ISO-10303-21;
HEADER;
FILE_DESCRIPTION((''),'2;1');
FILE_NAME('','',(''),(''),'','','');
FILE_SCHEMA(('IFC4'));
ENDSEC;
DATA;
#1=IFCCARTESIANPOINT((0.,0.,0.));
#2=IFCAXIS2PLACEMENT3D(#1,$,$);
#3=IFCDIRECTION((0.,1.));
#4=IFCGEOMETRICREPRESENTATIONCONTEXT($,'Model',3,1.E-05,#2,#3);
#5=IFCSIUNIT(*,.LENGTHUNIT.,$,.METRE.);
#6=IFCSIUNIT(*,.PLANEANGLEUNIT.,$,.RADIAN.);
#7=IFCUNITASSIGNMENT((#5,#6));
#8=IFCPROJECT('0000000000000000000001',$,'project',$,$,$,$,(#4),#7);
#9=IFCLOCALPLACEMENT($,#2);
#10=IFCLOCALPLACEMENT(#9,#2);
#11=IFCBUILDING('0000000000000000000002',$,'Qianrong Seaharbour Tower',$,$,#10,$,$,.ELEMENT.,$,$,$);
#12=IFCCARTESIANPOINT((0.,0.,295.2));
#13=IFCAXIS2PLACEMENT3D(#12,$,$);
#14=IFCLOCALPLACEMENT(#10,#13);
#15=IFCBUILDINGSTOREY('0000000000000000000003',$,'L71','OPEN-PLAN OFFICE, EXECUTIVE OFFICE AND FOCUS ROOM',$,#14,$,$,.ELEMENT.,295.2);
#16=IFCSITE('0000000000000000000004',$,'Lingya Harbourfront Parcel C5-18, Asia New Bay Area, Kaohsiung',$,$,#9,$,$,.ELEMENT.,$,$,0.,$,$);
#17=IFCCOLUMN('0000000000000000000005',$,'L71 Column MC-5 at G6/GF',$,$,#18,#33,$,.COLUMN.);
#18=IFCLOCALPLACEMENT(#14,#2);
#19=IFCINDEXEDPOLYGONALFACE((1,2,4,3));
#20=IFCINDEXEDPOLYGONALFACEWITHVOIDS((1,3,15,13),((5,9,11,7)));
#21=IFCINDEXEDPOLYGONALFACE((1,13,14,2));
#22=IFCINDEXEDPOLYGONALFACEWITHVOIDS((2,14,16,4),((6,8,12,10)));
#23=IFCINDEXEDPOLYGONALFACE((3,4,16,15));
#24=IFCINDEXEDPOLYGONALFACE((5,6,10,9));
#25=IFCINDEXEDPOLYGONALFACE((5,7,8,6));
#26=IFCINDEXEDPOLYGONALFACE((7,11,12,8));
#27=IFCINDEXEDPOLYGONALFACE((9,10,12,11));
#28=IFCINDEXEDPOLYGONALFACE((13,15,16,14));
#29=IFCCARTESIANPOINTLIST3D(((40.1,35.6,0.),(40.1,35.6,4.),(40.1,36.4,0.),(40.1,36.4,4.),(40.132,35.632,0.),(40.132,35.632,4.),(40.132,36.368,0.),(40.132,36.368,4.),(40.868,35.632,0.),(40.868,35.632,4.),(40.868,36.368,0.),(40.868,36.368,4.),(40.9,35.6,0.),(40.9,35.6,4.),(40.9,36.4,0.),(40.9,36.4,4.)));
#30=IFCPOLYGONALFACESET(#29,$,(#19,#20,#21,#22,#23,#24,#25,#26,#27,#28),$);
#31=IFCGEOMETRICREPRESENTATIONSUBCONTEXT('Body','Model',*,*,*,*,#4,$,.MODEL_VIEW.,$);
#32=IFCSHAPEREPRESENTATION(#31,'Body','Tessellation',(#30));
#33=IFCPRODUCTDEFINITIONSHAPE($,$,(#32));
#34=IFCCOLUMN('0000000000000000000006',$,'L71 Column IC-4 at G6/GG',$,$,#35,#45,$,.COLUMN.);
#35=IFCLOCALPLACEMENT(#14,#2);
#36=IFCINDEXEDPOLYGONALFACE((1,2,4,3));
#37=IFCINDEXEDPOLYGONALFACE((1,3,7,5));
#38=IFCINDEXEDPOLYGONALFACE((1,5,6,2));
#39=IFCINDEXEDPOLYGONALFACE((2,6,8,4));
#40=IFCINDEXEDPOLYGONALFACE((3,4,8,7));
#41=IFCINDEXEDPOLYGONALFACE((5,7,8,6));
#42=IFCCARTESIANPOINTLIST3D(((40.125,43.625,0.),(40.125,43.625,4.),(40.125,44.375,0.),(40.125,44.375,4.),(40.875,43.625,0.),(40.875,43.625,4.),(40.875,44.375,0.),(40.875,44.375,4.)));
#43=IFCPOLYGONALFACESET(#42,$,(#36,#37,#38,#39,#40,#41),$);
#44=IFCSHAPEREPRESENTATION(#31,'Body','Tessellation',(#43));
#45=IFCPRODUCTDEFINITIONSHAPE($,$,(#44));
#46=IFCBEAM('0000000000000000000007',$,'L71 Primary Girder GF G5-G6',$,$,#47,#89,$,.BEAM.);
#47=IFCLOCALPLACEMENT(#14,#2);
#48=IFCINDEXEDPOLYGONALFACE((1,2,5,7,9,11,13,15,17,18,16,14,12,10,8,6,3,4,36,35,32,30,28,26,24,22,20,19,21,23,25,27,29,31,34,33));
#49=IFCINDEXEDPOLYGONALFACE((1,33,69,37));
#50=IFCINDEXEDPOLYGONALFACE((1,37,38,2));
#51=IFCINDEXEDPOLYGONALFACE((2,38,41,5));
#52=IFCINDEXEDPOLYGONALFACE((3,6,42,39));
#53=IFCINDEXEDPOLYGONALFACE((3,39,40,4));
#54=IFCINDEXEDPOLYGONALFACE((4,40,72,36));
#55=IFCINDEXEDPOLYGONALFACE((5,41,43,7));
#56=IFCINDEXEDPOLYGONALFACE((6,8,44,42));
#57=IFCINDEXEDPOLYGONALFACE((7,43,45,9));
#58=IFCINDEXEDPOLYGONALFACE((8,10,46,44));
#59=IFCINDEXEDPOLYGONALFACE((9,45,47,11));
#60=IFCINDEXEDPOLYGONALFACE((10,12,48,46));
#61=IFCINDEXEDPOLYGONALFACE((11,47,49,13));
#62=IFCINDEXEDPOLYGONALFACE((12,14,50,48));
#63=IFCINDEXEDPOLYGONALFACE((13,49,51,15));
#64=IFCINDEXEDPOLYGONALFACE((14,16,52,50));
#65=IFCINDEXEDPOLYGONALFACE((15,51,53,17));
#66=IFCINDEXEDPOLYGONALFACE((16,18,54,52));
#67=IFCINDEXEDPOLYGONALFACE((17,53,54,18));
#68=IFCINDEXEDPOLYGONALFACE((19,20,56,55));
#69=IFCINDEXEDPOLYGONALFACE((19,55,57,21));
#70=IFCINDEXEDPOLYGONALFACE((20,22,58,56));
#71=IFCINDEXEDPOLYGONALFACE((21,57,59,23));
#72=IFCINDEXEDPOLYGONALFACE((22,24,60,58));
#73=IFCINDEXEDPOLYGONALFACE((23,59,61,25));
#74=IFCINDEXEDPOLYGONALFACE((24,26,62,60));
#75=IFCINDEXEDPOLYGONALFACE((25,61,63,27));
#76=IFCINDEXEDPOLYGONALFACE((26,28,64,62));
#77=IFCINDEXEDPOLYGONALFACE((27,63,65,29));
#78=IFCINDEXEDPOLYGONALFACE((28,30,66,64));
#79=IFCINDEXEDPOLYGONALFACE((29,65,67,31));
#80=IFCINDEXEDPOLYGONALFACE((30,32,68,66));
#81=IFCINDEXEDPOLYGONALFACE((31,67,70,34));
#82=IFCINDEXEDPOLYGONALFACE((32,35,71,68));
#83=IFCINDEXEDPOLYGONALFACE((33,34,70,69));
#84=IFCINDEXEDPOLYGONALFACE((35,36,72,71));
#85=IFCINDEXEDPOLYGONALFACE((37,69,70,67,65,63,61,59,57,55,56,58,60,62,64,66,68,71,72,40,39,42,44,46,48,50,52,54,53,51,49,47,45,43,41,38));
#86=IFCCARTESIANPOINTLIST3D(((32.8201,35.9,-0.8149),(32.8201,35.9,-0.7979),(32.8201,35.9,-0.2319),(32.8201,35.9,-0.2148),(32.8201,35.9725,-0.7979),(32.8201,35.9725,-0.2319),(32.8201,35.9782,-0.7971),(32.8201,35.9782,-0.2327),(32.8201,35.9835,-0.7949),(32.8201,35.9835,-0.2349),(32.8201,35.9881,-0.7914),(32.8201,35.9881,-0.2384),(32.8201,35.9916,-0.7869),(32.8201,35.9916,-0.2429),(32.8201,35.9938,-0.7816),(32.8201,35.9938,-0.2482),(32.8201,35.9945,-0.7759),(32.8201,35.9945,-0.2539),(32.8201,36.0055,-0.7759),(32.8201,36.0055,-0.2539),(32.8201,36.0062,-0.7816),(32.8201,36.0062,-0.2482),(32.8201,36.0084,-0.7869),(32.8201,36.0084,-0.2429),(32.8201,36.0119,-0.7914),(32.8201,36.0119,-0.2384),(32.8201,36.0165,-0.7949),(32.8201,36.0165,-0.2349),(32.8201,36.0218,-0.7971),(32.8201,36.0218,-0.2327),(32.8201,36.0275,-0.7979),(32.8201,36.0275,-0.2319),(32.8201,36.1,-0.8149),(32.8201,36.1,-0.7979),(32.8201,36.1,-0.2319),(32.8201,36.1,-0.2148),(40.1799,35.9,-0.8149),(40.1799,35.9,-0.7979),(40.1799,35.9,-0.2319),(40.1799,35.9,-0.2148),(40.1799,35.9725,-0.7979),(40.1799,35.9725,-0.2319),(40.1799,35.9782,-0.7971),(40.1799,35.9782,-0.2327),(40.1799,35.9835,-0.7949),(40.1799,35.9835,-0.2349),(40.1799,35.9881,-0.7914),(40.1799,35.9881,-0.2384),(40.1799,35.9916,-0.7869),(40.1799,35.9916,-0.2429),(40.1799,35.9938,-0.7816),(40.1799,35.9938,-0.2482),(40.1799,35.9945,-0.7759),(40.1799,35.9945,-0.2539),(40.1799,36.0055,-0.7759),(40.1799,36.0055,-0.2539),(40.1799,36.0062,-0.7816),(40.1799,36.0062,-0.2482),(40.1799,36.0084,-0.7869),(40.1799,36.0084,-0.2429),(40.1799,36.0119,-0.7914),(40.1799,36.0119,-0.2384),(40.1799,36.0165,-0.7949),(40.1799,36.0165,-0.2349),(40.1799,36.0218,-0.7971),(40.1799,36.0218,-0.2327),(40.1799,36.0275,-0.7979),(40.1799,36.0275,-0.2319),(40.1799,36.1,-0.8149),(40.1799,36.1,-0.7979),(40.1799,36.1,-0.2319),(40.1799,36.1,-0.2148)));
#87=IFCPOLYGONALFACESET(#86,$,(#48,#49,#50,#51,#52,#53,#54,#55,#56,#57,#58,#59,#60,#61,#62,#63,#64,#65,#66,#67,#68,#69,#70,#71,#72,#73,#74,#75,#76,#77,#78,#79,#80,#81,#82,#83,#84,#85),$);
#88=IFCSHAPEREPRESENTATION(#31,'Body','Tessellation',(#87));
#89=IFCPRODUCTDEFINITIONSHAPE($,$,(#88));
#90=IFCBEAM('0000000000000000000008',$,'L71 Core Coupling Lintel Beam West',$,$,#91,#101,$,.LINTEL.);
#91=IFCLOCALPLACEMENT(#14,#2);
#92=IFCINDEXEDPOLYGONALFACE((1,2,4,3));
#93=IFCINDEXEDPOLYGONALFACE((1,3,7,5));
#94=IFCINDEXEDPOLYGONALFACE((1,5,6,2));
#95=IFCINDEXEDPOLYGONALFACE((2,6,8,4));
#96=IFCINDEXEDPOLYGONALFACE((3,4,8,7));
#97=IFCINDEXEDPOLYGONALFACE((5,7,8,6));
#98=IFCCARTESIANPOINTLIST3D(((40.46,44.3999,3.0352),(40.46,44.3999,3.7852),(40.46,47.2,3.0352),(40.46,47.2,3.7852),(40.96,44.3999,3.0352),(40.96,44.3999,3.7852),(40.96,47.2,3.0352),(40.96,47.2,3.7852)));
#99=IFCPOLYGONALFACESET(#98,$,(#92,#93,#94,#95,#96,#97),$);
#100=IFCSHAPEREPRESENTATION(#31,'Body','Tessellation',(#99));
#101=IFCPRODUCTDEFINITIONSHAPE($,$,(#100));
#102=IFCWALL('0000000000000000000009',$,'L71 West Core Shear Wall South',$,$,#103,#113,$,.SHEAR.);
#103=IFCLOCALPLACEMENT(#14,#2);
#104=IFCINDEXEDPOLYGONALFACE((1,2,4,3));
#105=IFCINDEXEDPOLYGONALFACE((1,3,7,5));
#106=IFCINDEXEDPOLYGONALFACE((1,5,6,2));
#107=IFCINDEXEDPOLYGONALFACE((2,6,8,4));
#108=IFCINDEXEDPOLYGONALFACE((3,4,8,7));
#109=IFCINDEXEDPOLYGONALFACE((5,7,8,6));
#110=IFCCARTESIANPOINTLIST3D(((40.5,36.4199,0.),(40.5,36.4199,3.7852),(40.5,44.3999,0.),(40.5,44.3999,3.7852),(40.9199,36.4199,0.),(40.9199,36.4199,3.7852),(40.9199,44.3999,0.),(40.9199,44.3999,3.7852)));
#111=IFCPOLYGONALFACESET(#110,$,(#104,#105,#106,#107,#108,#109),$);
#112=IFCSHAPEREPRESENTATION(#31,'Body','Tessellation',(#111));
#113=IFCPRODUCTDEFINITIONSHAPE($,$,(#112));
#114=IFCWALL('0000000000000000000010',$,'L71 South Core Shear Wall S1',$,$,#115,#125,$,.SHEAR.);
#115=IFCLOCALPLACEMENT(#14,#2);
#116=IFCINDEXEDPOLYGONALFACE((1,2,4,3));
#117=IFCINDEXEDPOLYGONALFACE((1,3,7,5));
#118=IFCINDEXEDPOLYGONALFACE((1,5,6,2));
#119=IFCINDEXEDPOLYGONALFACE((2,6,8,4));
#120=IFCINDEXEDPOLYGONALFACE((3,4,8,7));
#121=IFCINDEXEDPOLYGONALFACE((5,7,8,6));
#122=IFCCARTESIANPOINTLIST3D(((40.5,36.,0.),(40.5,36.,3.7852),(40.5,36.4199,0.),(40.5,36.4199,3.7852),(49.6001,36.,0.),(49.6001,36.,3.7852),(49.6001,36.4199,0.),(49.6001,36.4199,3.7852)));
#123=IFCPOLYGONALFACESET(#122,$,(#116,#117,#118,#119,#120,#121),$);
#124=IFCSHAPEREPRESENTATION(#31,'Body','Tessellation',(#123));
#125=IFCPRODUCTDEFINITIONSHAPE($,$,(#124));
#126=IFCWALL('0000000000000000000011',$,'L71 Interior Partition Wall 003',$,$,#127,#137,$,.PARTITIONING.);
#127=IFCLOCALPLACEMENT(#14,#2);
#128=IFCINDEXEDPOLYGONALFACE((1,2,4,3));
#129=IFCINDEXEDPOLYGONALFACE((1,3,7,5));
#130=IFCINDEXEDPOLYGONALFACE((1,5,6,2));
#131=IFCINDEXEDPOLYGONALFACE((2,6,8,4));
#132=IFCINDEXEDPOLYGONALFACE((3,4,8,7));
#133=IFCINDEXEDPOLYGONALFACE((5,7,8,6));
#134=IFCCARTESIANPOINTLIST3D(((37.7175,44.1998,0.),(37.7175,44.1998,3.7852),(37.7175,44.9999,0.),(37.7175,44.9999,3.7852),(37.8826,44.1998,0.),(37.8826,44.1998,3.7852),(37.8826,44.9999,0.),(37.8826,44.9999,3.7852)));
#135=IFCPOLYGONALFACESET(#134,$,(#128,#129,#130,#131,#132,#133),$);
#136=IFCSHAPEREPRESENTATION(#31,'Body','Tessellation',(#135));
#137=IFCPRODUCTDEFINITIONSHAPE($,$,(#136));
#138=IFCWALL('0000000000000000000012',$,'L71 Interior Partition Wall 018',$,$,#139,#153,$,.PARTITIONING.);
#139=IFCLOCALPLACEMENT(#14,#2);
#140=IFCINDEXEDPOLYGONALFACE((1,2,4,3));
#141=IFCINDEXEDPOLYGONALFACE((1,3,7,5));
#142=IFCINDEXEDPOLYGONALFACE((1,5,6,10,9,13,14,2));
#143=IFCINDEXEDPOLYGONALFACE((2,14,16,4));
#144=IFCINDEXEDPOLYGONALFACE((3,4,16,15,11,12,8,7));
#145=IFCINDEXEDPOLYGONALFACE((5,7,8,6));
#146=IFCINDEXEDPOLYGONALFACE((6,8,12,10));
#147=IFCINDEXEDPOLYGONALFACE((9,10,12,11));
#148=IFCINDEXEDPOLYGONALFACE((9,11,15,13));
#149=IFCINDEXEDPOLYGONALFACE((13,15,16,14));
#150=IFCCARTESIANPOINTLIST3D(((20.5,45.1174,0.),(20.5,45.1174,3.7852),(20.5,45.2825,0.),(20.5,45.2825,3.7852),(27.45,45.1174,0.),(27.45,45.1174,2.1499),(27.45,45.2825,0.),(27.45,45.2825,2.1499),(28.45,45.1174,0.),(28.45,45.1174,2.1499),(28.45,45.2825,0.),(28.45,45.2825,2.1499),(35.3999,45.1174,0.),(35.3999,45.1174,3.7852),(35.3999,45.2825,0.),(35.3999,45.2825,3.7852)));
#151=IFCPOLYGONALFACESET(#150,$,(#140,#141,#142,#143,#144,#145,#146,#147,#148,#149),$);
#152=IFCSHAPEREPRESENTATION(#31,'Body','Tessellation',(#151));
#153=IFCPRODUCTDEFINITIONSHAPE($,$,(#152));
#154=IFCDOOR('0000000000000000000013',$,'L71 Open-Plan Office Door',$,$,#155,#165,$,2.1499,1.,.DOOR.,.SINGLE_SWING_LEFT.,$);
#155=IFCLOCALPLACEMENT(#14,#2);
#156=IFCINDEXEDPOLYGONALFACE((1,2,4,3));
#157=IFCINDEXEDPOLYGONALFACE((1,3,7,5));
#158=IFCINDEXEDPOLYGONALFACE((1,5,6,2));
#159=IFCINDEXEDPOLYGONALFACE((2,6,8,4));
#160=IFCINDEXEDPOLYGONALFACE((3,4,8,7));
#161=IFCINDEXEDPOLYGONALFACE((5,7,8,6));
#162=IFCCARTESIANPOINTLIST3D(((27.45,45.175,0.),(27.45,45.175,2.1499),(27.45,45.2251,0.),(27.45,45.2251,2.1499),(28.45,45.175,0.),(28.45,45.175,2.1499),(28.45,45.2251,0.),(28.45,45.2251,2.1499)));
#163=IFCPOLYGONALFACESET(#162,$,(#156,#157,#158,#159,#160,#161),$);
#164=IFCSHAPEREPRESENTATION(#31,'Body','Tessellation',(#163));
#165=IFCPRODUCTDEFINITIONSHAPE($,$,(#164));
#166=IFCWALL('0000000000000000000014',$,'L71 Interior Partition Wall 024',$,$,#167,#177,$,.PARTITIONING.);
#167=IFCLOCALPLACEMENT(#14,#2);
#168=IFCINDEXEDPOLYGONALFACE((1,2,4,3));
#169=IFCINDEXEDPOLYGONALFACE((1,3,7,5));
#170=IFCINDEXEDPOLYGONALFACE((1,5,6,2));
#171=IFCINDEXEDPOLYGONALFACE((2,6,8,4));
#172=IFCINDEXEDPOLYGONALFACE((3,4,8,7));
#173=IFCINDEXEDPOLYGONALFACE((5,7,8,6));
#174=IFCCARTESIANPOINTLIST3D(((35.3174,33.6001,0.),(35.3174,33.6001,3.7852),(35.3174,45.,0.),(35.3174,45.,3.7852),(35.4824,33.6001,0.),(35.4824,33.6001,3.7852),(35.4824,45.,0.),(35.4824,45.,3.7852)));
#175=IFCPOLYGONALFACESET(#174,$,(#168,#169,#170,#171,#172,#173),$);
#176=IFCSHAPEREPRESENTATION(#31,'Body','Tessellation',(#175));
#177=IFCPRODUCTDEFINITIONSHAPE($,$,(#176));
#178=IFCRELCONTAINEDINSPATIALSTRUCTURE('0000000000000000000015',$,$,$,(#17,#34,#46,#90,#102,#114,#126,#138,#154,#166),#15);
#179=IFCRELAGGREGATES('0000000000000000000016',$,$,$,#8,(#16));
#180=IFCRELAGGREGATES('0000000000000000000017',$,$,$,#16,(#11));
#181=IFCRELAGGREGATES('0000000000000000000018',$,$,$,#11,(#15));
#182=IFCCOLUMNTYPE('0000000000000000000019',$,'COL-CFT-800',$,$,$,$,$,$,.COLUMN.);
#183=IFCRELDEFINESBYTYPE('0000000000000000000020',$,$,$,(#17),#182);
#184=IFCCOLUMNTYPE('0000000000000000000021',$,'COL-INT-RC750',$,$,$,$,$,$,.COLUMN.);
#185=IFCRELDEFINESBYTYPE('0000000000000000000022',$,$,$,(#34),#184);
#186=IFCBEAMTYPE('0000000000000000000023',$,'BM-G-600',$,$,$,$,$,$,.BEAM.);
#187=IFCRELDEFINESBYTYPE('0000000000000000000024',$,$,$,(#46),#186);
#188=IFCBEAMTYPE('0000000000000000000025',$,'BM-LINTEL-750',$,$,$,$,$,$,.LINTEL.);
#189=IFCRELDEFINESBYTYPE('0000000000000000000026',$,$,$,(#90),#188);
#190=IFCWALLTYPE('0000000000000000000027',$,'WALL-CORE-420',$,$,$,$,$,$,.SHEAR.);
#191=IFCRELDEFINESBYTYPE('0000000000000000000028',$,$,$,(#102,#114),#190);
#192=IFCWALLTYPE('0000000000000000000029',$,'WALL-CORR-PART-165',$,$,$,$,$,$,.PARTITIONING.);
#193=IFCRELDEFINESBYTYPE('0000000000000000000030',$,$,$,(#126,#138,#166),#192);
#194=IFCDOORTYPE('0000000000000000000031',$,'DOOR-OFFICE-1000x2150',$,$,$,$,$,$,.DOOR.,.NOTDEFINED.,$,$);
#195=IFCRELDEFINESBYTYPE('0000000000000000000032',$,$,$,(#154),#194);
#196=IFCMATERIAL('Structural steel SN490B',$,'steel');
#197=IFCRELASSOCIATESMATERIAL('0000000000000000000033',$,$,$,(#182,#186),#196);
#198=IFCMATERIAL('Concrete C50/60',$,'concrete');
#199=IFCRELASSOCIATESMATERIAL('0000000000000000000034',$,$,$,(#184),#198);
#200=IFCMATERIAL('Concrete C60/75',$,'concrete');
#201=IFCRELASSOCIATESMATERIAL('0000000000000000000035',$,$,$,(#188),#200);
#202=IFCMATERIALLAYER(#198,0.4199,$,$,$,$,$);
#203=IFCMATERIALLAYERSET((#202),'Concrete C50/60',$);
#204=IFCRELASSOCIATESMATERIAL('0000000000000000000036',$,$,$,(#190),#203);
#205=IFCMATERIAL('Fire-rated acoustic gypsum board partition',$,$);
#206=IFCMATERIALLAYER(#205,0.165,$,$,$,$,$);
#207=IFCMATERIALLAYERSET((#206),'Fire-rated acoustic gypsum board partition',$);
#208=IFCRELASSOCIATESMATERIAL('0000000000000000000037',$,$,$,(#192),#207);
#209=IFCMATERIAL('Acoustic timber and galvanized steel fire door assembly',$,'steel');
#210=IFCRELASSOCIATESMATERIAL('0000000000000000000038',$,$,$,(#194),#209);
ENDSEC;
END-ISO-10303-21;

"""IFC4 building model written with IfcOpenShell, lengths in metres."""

from ifc_helpers import new_model, si_unit, direction, frame, frame_2d, origin, origin_2d, place, context, subcontext, project, spatial, rectangle, hollow_rectangle, i_section, extrude, material, layer, layer_set, material_profile, profile_set, type_object, element, fill, save


model = new_model("IFC4")

# Units and contexts
model_context = context("Model", 3, precision=1e-05, world=origin(), true_north=direction((0.0, 1.0)))
body_context = subcontext(model_context, "Body", "Model", "MODEL_VIEW")
ifc_project = project(units=[si_unit("LENGTHUNIT", "METRE"), si_unit("PLANEANGLEUNIT", "RADIAN")], contexts=[model_context])

# Site, building, storey
site_placement = place(None, origin())
site = spatial("IfcSite", under=ifc_project, at=site_placement, Name="Lingya Harbourfront Parcel C5-18, Asia New Bay Area, Kaohsiung", CompositionType="ELEMENT", RefElevation=0.0)
building_placement = place(site_placement, origin())
building = spatial("IfcBuilding", under=site, at=building_placement, Name="Qianrong Seaharbour Tower", CompositionType="ELEMENT")
storey_placement = place(building_placement, frame((0.0, 0.0, 295.2)))
storey = spatial("IfcBuildingStorey", under=building, at=storey_placement, Name="L71", Description="OPEN-PLAN OFFICE, EXECUTIVE OFFICE AND FOCUS ROOM", CompositionType="ELEMENT", Elevation=295.2)

# Columns
ifc_material_1 = material(Name="Structural steel SN490B", Category="steel")
ifc_material_profile_1 = material_profile(ifc_material_1, hollow_rectangle(XDim=0.8, YDim=0.8, WallThickness=0.032, at=origin_2d()), Name="BOX800x800x32")
ifc_profile_set_1 = profile_set([ifc_material_profile_1], Name="Structural steel SN490B")
column_type_1 = type_object("IfcColumnType", Name="COL-CFT-800", PredefinedType="COLUMN", material=ifc_profile_set_1)
column_1_placement = place(storey_placement, frame((40.5, 36.0, 0.0), z_axis=(0.0, 0.0, 1.0), x_axis=(1.0, 0.0, 0.0)))
element("IfcColumn", 1, at=column_1_placement, inside=storey, type_object=column_type_1, Name="L71 Column MC-5 at G6/GF", PredefinedType="COLUMN", context=body_context, shape_type="SweptSolid", body=[
    extrude(hollow_rectangle(XDim=0.8, YDim=0.8, WallThickness=0.032, at=origin_2d()), origin(), (0.0, 0.0, 1.0), 4.0),
])
ifc_material_2 = material(Name="Concrete C50/60", Category="concrete")
ifc_material_profile_2 = material_profile(ifc_material_2, rectangle(XDim=0.75, YDim=0.75, at=origin_2d()), Name="RC750x750")
ifc_profile_set_2 = profile_set([ifc_material_profile_2], Name="Concrete C50/60")
column_type_2 = type_object("IfcColumnType", Name="COL-INT-RC750", PredefinedType="COLUMN", material=ifc_profile_set_2)
column_2_placement = place(storey_placement, frame((40.5, 44.0, 0.0), z_axis=(0.0, 0.0, 1.0), x_axis=(1.0, 0.0, 0.0)))
element("IfcColumn", 2, at=column_2_placement, inside=storey, type_object=column_type_2, Name="L71 Column IC-4 at G6/GG", PredefinedType="COLUMN", context=body_context, shape_type="SweptSolid", body=[
    extrude(rectangle(XDim=0.75, YDim=0.75, at=origin_2d()), origin(), (0.0, 0.0, 1.0), 4.0),
])

# Beams
ifc_material_profile_3 = material_profile(ifc_material_1, i_section(OverallWidth=0.2, OverallDepth=0.6001, WebThickness=0.011, FlangeThickness=0.0171, FilletRadius=0.022, at=origin_2d()), Name="H600x200x11x17")
ifc_profile_set_3 = profile_set([ifc_material_profile_3], Name="Structural steel SN490B")
beam_type_1 = type_object("IfcBeamType", Name="BM-G-600", PredefinedType="BEAM", material=ifc_profile_set_3)
beam_1_placement = place(storey_placement, frame((32.8201, 36.0, -0.5149), z_axis=(1.0, 0.0, 0.0), x_axis=(0.0, 1.0, 0.0)))
element("IfcBeam", 3, at=beam_1_placement, inside=storey, type_object=beam_type_1, Name="L71 Primary Girder GF G5-G6", PredefinedType="BEAM", context=body_context, shape_type="SweptSolid", body=[
    extrude(i_section(OverallWidth=0.2, OverallDepth=0.6001, WebThickness=0.011, FlangeThickness=0.0171, FilletRadius=0.022, at=origin_2d()), origin(), (0.0, 0.0, 1.0), 7.3599),
])
ifc_material_3 = material(Name="Concrete C60/75", Category="concrete")
ifc_material_profile_4 = material_profile(ifc_material_3, rectangle(XDim=0.5, YDim=0.75, at=origin_2d()), Name="RC500x750")
ifc_profile_set_4 = profile_set([ifc_material_profile_4], Name="Concrete C60/75")
beam_type_2 = type_object("IfcBeamType", Name="BM-LINTEL-750", PredefinedType="LINTEL", material=ifc_profile_set_4)
beam_2_placement = place(storey_placement, frame((40.71, 44.3999, 3.4102), z_axis=(0.0, 1.0, 0.0), x_axis=(-1.0, 0.0, 0.0)))
element("IfcBeam", 4, at=beam_2_placement, inside=storey, type_object=beam_type_2, Name="L71 Core Coupling Lintel Beam West", PredefinedType="LINTEL", context=body_context, shape_type="SweptSolid", body=[
    extrude(rectangle(XDim=0.5, YDim=0.75, at=origin_2d()), origin(), (0.0, 0.0, 1.0), 2.8),
])

# Walls
ifc_layer_1 = layer(ifc_material_2, 0.4199)
ifc_layer_set_1 = layer_set([ifc_layer_1], Name="Concrete C50/60")
wall_type_1 = type_object("IfcWallType", Name="WALL-CORE-420", PredefinedType="SHEAR", material=ifc_layer_set_1)
wall_1_placement = place(storey_placement, frame((40.71, 36.4199, 0.0), z_axis=(0.0, 0.0, 1.0), x_axis=(0.0, 1.0, 0.0)))
element("IfcWall", 5, at=wall_1_placement, inside=storey, type_object=wall_type_1, Name="L71 West Core Shear Wall South", PredefinedType="SHEAR", context=body_context, shape_type="SweptSolid", body=[
    extrude(rectangle(XDim=7.98, YDim=0.4199, at=frame_2d((3.99, 0.0))), origin(), (0.0, 0.0, 1.0), 3.7852),
])
wall_2_placement = place(storey_placement, frame((40.5, 36.21, 0.0), z_axis=(0.0, 0.0, 1.0), x_axis=(1.0, 0.0, 0.0)))
element("IfcWall", 6, at=wall_2_placement, inside=storey, type_object=wall_type_1, Name="L71 South Core Shear Wall S1", PredefinedType="SHEAR", context=body_context, shape_type="SweptSolid", body=[
    extrude(rectangle(XDim=9.1001, YDim=0.4199, at=frame_2d((4.55, 0.0))), origin(), (0.0, 0.0, 1.0), 3.7852),
])

# Shared definitions
ifc_material_4 = material(Name="Fire-rated acoustic gypsum board partition")
ifc_layer_2 = layer(ifc_material_4, 0.165)
ifc_layer_set_2 = layer_set([ifc_layer_2], Name="Fire-rated acoustic gypsum board partition")
wall_type_2 = type_object("IfcWallType", Name="WALL-CORR-PART-165", PredefinedType="PARTITIONING", material=ifc_layer_set_2)
ifc_material_5 = material(Name="Acoustic timber and galvanized steel fire door assembly", Category="steel")

# Wall
wall_3_placement = place(storey_placement, frame((37.8, 44.2, 0.0), z_axis=(0.0, 0.0, 1.0), x_axis=(0.0, 1.0, 0.0)))
element("IfcWall", 7, at=wall_3_placement, inside=storey, type_object=wall_type_2, Name="L71 Interior Partition Wall 003", PredefinedType="PARTITIONING", context=body_context, shape_type="SweptSolid", body=[
    extrude(rectangle(XDim=0.8, YDim=0.165, at=frame_2d((0.3999, 0.0))), origin(), (0.0, 0.0, 1.0), 3.7852),
])

# Wall, opening, door
wall_4_placement = place(storey_placement, frame((35.3999, 45.2, 0.0), z_axis=(0.0, 0.0, 1.0), x_axis=(-1.0, 0.0, 0.0)))
wall_4 = element("IfcWall", 8, at=wall_4_placement, inside=storey, type_object=wall_type_2, Name="L71 Interior Partition Wall 018", PredefinedType="PARTITIONING", context=body_context, shape_type="SweptSolid", body=[
    extrude(rectangle(XDim=14.8999, YDim=0.165, at=frame_2d((7.45, 0.0))), origin(), (0.0, 0.0, 1.0), 3.7852),
])
opening_1_placement = place(wall_4_placement, frame((6.95, 0.0, 0.0)))
opening_1 = element("IfcOpeningElement", 9, at=opening_1_placement, cuts=wall_4, PredefinedType="OPENING", context=body_context, shape_type="SweptSolid", body=[
    extrude(rectangle(XDim=1.0, YDim=2.1499, at=frame_2d((0.5, 1.075))), frame((0.0, 0.0925, 0.0), z_axis=(0.0, -1.0, 0.0), x_axis=(1.0, 0.0, 0.0)), (0.0, 0.0, 1.0), 0.1851),
])
door_type_1 = type_object("IfcDoorType", Name="DOOR-OFFICE-1000x2150", OperationType="NOTDEFINED", PredefinedType="DOOR", material=ifc_material_5)
door_1_placement = place(opening_1_placement, origin())
door_1 = element("IfcDoor", 10, at=door_1_placement, inside=storey, type_object=door_type_1, Name="L71 Open-Plan Office Door", OperationType="SINGLE_SWING_LEFT", OverallHeight=2.1499, OverallWidth=1.0, PredefinedType="DOOR", context=body_context, shape_type="SweptSolid", body=[
    extrude(rectangle(XDim=1.0, YDim=2.1499, at=frame_2d((0.5, 1.075))), frame((0.0, 0.0249, 0.0), z_axis=(0.0, -1.0, 0.0), x_axis=(1.0, 0.0, 0.0)), (0.0, 0.0, 1.0), 0.05),
])
fill(opening_1, door_1)

# Wall
wall_5_placement = place(storey_placement, frame((35.3999, 33.6001, 0.0), z_axis=(0.0, 0.0, 1.0), x_axis=(0.0, 1.0, 0.0)))
element("IfcWall", 11, at=wall_5_placement, inside=storey, type_object=wall_type_2, Name="L71 Interior Partition Wall 024", PredefinedType="PARTITIONING", context=body_context, shape_type="SweptSolid", body=[
    extrude(rectangle(XDim=11.3999, YDim=0.165, at=frame_2d((5.7, 0.0))), origin(), (0.0, 0.0, 1.0), 3.7852),
])

save(model, "model.ifc")
